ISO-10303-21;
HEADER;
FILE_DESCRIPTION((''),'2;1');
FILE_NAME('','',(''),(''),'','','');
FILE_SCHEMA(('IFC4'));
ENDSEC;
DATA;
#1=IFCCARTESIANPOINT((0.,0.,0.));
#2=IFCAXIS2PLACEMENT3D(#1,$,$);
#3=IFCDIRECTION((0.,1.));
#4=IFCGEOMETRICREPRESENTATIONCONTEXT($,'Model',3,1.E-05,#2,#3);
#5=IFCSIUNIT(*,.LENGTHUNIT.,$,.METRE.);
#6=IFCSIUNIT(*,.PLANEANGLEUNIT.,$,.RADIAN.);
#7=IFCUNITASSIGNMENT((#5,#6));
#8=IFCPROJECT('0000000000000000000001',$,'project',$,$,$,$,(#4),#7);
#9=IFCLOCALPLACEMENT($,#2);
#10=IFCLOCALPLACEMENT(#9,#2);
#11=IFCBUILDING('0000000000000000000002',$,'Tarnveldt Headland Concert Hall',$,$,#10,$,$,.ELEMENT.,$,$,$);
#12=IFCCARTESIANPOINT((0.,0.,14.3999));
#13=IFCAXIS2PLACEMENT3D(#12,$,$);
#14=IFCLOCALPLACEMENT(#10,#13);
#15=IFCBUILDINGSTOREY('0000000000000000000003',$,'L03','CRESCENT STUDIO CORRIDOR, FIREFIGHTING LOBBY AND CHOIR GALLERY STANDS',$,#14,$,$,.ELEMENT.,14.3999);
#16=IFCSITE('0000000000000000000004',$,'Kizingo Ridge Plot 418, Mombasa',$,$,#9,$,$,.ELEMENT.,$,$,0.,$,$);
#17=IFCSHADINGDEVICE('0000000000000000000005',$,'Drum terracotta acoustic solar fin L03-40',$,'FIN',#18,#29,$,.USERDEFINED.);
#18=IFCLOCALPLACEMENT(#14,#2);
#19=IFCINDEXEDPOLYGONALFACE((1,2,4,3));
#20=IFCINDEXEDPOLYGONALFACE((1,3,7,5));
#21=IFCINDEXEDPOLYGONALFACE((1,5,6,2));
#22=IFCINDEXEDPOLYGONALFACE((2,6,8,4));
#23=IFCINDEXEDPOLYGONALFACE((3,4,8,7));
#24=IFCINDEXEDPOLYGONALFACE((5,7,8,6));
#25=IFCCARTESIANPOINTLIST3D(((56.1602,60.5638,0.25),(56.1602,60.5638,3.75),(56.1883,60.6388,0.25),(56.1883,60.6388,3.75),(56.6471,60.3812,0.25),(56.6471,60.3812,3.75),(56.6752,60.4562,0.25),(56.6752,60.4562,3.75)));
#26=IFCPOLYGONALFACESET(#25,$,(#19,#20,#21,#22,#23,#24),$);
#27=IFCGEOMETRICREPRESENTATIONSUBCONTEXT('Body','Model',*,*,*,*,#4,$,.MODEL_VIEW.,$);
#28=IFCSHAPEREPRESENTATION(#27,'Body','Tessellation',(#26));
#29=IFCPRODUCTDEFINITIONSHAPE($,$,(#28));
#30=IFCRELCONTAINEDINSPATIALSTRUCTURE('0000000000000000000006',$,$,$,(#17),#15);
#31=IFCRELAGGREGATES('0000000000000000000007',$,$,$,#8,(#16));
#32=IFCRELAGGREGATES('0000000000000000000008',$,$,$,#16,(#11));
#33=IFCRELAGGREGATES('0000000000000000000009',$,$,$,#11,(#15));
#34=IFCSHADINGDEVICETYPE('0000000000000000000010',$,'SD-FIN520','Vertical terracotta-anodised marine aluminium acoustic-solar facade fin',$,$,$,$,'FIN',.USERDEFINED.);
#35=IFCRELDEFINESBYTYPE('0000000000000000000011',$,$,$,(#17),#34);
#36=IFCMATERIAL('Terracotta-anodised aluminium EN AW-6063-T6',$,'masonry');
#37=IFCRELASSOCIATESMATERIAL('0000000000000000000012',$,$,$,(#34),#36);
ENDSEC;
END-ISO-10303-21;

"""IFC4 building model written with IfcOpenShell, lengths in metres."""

from ifc_helpers import new_model, si_unit, direction, frame, origin, origin_2d, place, context, subcontext, project, spatial, rectangle, extrude, material, type_object, element, save


model = new_model("IFC4")

# Units and contexts
model_context = context("Model", 3, precision=1e-05, world=origin(), true_north=direction((0.0, 1.0)))
body_context = subcontext(model_context, "Body", "Model", "MODEL_VIEW")
ifc_project = project(units=[si_unit("LENGTHUNIT", "METRE"), si_unit("PLANEANGLEUNIT", "RADIAN")], contexts=[model_context])

# Site, building, storey
site_placement = place(None, origin())
site = spatial("IfcSite", under=ifc_project, at=site_placement, Name="Kizingo Ridge Plot 418, Mombasa", CompositionType="ELEMENT", RefElevation=0.0)
building_placement = place(site_placement, origin())
building = spatial("IfcBuilding", under=site, at=building_placement, Name="Tarnveldt Headland Concert Hall", CompositionType="ELEMENT")
storey_placement = place(building_placement, frame((0.0, 0.0, 14.3999)))
storey = spatial("IfcBuildingStorey", under=building, at=storey_placement, Name="L03", Description="CRESCENT STUDIO CORRIDOR, FIREFIGHTING LOBBY AND CHOIR GALLERY STANDS", CompositionType="ELEMENT", Elevation=14.3999)

# Shading device
ifc_material_1 = material(Name="Terracotta-anodised aluminium EN AW-6063-T6", Category="masonry")
shading_device_type = type_object("IfcShadingDeviceType", Name="SD-FIN520", Description="Vertical terracotta-anodised marine aluminium acoustic-solar facade fin", ElementType="FIN", PredefinedType="USERDEFINED", material=ifc_material_1)
for number, where, z_axis, x_axis, name in (
    (1, (56.4177, 60.51, 0.25), (0.0, 0.0, 1.0), (-0.936305, 0.351188, 0.0), "Drum terracotta acoustic solar fin L03-40"),
):
    element("IfcShadingDevice", number, at=place(storey_placement, frame(where, z_axis=z_axis, x_axis=x_axis)), inside=storey, type_object=shading_device_type, Name=name, ObjectType="FIN", PredefinedType="USERDEFINED", context=body_context, shape_type="SweptSolid", body=[
        extrude(rectangle(XDim=0.52, YDim=0.0801, at=origin_2d()), origin(), (0.0, 0.0, 1.0), 3.5),
    ])

save(model, "model.ifc")
